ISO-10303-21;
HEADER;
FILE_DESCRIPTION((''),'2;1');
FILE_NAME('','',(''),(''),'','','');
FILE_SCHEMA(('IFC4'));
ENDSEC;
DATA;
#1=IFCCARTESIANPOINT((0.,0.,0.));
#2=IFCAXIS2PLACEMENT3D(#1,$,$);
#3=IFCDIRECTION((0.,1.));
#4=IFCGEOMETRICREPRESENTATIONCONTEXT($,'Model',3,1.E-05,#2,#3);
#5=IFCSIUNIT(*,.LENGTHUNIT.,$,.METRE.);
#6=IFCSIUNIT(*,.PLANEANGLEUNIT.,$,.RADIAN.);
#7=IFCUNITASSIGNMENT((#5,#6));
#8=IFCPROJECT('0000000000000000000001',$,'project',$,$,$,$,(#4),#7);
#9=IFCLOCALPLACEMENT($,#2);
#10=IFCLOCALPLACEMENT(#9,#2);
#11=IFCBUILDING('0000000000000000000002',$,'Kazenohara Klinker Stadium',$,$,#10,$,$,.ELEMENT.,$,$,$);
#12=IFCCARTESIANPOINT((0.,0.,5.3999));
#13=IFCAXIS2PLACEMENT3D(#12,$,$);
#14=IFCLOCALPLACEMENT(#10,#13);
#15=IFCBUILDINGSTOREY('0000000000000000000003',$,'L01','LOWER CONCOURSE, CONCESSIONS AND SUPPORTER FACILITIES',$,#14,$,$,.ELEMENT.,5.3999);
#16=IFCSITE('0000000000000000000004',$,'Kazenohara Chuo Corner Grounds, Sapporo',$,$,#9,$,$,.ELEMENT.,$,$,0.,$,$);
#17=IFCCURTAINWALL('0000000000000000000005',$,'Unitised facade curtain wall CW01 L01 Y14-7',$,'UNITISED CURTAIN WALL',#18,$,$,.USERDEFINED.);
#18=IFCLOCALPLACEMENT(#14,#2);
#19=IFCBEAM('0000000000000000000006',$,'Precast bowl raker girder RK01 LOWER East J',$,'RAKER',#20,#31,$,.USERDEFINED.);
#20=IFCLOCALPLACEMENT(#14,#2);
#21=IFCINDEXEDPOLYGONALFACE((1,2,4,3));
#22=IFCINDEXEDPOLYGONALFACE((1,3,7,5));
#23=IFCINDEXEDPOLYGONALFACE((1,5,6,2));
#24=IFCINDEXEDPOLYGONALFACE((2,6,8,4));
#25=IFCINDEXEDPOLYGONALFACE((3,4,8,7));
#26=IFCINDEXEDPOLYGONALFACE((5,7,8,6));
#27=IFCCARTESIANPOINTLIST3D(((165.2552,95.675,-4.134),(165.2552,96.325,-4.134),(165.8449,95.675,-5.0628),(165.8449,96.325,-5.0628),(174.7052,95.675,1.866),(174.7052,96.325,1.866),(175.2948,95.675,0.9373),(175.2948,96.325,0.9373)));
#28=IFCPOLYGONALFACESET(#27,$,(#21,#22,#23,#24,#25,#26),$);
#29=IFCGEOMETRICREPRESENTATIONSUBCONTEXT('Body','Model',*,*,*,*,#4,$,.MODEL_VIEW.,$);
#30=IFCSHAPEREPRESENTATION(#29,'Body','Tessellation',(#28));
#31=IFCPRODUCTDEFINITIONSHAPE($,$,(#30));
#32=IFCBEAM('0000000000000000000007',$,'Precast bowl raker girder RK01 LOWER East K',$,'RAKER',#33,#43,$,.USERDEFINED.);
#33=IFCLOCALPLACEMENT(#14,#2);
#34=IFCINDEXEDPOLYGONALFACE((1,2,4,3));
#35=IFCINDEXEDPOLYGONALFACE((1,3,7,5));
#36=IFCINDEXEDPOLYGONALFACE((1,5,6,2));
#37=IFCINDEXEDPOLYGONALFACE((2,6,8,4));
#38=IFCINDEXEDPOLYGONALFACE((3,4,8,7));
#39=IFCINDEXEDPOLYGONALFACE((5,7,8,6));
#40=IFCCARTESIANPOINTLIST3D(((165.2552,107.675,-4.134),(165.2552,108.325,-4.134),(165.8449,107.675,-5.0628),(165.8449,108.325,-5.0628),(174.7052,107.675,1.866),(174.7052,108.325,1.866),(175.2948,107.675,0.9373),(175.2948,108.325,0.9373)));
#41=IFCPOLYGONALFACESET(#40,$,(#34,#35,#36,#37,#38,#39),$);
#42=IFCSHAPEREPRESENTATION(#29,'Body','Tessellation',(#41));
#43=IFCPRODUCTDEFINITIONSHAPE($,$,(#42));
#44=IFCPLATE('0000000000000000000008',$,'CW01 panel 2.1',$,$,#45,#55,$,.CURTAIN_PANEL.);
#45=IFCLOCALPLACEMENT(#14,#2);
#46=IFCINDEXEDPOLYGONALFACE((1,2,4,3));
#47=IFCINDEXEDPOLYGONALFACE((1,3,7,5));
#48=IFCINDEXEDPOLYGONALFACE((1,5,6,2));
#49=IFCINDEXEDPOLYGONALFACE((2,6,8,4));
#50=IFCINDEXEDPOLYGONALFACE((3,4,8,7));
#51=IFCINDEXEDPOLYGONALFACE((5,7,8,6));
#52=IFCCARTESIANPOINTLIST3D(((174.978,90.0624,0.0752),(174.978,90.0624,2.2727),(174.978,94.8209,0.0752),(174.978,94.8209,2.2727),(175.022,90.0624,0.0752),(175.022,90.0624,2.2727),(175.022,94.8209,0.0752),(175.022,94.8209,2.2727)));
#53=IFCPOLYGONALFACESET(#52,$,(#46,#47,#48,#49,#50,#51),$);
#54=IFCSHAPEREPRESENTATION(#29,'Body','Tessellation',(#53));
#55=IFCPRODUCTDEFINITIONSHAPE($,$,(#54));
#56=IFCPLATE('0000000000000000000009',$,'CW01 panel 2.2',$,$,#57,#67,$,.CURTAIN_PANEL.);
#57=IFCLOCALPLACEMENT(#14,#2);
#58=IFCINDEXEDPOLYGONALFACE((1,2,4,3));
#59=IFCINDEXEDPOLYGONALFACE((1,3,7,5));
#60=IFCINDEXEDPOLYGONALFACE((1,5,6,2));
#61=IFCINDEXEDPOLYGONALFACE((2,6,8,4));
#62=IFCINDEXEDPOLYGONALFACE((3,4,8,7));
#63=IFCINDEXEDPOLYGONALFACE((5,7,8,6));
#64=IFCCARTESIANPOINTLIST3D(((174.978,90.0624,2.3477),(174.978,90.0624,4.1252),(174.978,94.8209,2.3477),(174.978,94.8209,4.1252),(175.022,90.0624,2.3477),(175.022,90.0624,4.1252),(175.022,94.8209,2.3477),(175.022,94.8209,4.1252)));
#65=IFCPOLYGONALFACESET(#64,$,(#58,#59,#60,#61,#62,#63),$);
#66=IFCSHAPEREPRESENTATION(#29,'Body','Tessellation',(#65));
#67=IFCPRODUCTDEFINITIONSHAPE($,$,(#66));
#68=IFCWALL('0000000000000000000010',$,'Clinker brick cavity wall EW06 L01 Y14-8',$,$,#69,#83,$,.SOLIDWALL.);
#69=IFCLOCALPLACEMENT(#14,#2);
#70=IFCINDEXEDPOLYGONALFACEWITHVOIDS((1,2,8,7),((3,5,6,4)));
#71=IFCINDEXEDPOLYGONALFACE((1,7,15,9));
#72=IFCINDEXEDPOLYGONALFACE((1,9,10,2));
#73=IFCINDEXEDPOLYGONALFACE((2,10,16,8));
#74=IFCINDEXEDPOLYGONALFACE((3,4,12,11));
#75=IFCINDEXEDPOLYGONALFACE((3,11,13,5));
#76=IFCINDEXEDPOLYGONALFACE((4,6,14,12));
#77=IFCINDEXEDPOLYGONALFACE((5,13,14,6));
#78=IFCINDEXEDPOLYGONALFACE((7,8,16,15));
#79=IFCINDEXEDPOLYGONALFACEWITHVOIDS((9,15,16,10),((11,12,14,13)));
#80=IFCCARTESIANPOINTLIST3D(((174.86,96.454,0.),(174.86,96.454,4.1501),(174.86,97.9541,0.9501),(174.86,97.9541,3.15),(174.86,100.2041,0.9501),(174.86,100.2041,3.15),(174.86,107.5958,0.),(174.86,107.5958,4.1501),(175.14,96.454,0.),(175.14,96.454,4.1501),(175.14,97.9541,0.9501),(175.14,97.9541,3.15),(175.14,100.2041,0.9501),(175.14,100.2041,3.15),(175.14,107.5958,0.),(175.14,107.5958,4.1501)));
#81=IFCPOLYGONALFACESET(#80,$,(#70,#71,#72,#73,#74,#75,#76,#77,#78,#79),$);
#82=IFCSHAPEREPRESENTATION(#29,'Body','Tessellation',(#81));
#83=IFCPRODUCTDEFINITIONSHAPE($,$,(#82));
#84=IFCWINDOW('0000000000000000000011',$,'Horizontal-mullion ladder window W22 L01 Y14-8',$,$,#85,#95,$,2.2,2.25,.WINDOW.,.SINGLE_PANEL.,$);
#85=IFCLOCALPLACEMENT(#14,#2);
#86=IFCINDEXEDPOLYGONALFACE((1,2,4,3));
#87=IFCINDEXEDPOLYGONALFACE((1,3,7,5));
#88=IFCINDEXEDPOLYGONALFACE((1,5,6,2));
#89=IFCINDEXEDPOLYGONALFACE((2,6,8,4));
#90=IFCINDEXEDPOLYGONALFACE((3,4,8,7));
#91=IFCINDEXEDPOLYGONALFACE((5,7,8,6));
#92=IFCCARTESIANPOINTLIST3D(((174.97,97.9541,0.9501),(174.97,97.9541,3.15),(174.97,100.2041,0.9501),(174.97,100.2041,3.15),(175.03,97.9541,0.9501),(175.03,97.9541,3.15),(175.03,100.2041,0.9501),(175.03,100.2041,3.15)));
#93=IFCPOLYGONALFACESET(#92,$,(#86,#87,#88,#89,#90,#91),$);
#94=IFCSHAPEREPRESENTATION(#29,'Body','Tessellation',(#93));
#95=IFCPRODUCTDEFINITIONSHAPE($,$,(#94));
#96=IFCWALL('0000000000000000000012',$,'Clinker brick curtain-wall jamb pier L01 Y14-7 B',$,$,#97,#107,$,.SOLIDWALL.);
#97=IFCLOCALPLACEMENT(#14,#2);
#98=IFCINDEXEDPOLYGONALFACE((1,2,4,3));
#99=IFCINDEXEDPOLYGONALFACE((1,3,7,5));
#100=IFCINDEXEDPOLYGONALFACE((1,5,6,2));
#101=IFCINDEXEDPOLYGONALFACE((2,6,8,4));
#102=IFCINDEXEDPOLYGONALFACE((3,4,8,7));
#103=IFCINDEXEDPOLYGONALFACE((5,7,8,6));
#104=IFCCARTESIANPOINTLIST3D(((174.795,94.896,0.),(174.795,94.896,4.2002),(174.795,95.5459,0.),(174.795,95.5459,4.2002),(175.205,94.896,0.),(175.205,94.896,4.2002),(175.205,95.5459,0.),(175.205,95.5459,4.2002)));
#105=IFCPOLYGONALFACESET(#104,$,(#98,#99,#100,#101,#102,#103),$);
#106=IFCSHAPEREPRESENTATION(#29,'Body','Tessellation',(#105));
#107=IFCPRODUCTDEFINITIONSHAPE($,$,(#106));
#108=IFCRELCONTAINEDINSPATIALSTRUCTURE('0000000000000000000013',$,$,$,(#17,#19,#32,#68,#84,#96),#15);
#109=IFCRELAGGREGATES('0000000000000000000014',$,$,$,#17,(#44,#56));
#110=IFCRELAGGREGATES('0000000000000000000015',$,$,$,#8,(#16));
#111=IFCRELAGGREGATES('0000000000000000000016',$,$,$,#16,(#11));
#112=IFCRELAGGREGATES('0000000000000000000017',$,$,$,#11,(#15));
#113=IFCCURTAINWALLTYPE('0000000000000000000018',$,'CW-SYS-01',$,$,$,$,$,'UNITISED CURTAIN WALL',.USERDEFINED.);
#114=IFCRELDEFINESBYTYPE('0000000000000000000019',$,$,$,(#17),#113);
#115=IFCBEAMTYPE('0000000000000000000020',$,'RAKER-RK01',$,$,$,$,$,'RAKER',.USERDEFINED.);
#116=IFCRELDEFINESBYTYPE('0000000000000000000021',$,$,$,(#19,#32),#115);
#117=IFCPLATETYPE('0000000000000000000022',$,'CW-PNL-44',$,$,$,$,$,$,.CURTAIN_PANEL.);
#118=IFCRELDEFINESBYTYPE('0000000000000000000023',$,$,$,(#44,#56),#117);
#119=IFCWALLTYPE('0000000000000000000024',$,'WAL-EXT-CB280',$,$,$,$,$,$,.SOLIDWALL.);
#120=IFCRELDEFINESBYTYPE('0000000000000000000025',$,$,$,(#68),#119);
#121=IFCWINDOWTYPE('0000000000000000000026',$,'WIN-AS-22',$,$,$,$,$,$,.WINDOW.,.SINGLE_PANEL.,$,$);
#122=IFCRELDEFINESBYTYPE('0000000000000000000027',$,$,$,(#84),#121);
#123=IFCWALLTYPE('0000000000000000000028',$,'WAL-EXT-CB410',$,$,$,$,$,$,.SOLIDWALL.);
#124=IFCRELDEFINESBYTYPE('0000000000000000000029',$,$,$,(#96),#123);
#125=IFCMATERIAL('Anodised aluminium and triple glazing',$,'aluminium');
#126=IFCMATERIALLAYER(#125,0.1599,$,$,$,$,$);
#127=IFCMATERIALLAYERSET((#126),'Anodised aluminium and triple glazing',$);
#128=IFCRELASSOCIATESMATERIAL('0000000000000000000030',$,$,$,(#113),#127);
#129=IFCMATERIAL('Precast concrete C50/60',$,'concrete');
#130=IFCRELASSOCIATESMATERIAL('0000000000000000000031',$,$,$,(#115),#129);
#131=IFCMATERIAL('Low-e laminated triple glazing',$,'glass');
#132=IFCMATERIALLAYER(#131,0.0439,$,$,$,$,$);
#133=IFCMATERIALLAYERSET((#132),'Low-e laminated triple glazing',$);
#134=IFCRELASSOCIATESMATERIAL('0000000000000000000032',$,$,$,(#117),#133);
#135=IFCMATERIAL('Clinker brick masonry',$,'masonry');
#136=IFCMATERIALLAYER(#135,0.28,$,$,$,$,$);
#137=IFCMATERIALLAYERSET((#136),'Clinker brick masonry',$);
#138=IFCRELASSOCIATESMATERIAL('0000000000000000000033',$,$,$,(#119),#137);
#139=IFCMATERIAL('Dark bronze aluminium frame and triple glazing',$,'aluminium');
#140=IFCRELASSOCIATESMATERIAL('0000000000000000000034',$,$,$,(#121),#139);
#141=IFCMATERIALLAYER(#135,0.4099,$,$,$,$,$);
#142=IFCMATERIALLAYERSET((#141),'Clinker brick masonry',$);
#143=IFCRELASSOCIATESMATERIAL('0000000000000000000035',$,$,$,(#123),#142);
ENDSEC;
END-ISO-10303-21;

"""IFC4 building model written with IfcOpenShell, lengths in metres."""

from ifc_helpers import new_model, si_unit, direction, frame, frame_2d, origin, origin_2d, place, context, subcontext, project, spatial, rectangle, extrude, material, layer, layer_set, material_profile, profile_set, type_object, element, fill, aggregate, save


model = new_model("IFC4")

# Units and contexts
model_context = context("Model", 3, precision=1e-05, world=origin(), true_north=direction((0.0, 1.0)))
body_context = subcontext(model_context, "Body", "Model", "MODEL_VIEW")
ifc_project = project(units=[si_unit("LENGTHUNIT", "METRE"), si_unit("PLANEANGLEUNIT", "RADIAN")], contexts=[model_context])

# Site, building, storey
site_placement = place(None, origin())
site = spatial("IfcSite", under=ifc_project, at=site_placement, Name="Kazenohara Chuo Corner Grounds, Sapporo", CompositionType="ELEMENT", RefElevation=0.0)
building_placement = place(site_placement, origin())
building = spatial("IfcBuilding", under=site, at=building_placement, Name="Kazenohara Klinker Stadium", CompositionType="ELEMENT")
storey_placement = place(building_placement, frame((0.0, 0.0, 5.3999)))
storey = spatial("IfcBuildingStorey", under=building, at=storey_placement, Name="L01", Description="LOWER CONCOURSE, CONCESSIONS AND SUPPORTER FACILITIES", CompositionType="ELEMENT", Elevation=5.3999)

# Curtain wall
ifc_material_1 = material(Name="Anodised aluminium and triple glazing", Category="aluminium")
ifc_layer_1 = layer(ifc_material_1, 0.1599)
ifc_layer_set_1 = layer_set([ifc_layer_1], Name="Anodised aluminium and triple glazing")
curtain_wall_type = type_object("IfcCurtainWallType", Name="CW-SYS-01", ElementType="UNITISED CURTAIN WALL", PredefinedType="USERDEFINED", material=ifc_layer_set_1)
curtain_wall_placement = place(storey_placement, origin())
curtain_wall = element("IfcCurtainWall", 1, at=curtain_wall_placement, inside=storey, type_object=curtain_wall_type, Name="Unitised facade curtain wall CW01 L01 Y14-7", ObjectType="UNITISED CURTAIN WALL", PredefinedType="USERDEFINED")

# Beams
ifc_material_2 = material(Name="Precast concrete C50/60", Category="concrete")
ifc_material_profile_1 = material_profile(ifc_material_2, rectangle(XDim=0.6499, YDim=1.1001, at=origin_2d()), Name="PC-RAKER-650x1100")
ifc_profile_set_1 = profile_set([ifc_material_profile_1], Name="Precast concrete C50/60")
beam_type_1 = type_object("IfcBeamType", Name="RAKER-RK01", ElementType="RAKER", PredefinedType="USERDEFINED", material=ifc_profile_set_1)
for number, where, z_axis, x_axis, name in (
    (2, (175.0, 96.0, 1.4016), (-0.844212, 0.0, -0.53601), (0.0, -1.0, 0.0), "Precast bowl raker girder RK01 LOWER East J"),
    (3, (175.0, 108.0, 1.4016), (-0.844212, 0.0, -0.53601), (0.0, -1.0, 0.0), "Precast bowl raker girder RK01 LOWER East K"),
):
    element("IfcBeam", number, at=place(storey_placement, frame(where, z_axis=z_axis, x_axis=x_axis)), inside=storey, type_object=beam_type_1, Name=name, ObjectType="RAKER", PredefinedType="USERDEFINED", context=body_context, shape_type="SweptSolid", body=[
        extrude(rectangle(XDim=0.6499, YDim=1.1001, at=origin_2d()), origin(), (0.0, 0.0, 1.0), 11.1938),
    ])

# Plates
ifc_material_3 = material(Name="Low-e laminated triple glazing", Category="glass")
ifc_layer_2 = layer(ifc_material_3, 0.0439)
ifc_layer_set_2 = layer_set([ifc_layer_2], Name="Low-e laminated triple glazing")
plate_type = type_object("IfcPlateType", Name="CW-PNL-44", PredefinedType="CURTAIN_PANEL", material=ifc_layer_set_2)
plate_1_placement = place(storey_placement, frame((175.0, 92.4417, 0.0752), z_axis=(0.0, 0.0, 1.0), x_axis=(0.0, 1.0, 0.0)))
plate_1 = element("IfcPlate", 4, at=plate_1_placement, type_object=plate_type, Name="CW01 panel 2.1", PredefinedType="CURTAIN_PANEL", context=body_context, shape_type="SweptSolid", body=[
    extrude(rectangle(XDim=4.7585, YDim=0.0439, at=origin_2d()), origin(), (0.0, 0.0, 1.0), 2.1975),
])
plate_2_placement = place(storey_placement, frame((175.0, 92.4417, 2.3477), z_axis=(0.0, 0.0, 1.0), x_axis=(0.0, 1.0, 0.0)))
plate_2 = element("IfcPlate", 5, at=plate_2_placement, type_object=plate_type, Name="CW01 panel 2.2", PredefinedType="CURTAIN_PANEL", context=body_context, shape_type="SweptSolid", body=[
    extrude(rectangle(XDim=4.7585, YDim=0.0439, at=origin_2d()), origin(), (0.0, 0.0, 1.0), 1.7776),
])
aggregate(curtain_wall, [plate_1, plate_2])

# Wall, opening, window
ifc_material_4 = material(Name="Clinker brick masonry", Category="masonry")
ifc_layer_3 = layer(ifc_material_4, 0.28)
ifc_layer_set_3 = layer_set([ifc_layer_3], Name="Clinker brick masonry")
wall_type_1 = type_object("IfcWallType", Name="WAL-EXT-CB280", PredefinedType="SOLIDWALL", material=ifc_layer_set_3)
wall_1_placement = place(storey_placement, frame((175.0, 96.4541, 0.0), z_axis=(0.0, 0.0, 1.0), x_axis=(0.0, 1.0, 0.0)))
wall_1 = element("IfcWall", 6, at=wall_1_placement, inside=storey, type_object=wall_type_1, Name="Clinker brick cavity wall EW06 L01 Y14-8", PredefinedType="SOLIDWALL", context=body_context, shape_type="SweptSolid", body=[
    extrude(rectangle(XDim=11.1418, YDim=0.28, at=frame_2d((5.5708, 0.0))), origin(), (0.0, 0.0, 1.0), 4.1501),
])
opening_placement = place(wall_1_placement, frame((1.5, 0.0, 0.95)))
opening = element("IfcOpeningElement", 7, at=opening_placement, cuts=wall_1, PredefinedType="OPENING", context=body_context, shape_type="SweptSolid", body=[
    extrude(rectangle(XDim=2.25, YDim=2.2, at=frame_2d((1.125, 1.1001))), frame((0.0, 0.1499, 0.0), z_axis=(0.0, -1.0, 0.0), x_axis=(1.0, 0.0, 0.0)), (0.0, 0.0, 1.0), 0.3),
])
ifc_material_5 = material(Name="Dark bronze aluminium frame and triple glazing", Category="aluminium")
window_type = type_object("IfcWindowType", Name="WIN-AS-22", PartitioningType="SINGLE_PANEL", PredefinedType="WINDOW", material=ifc_material_5)
window_placement = place(opening_placement, origin())
window = element("IfcWindow", 8, at=window_placement, inside=storey, type_object=window_type, Name="Horizontal-mullion ladder window W22 L01 Y14-8", OverallHeight=2.2, OverallWidth=2.25, PartitioningType="SINGLE_PANEL", PredefinedType="WINDOW", context=body_context, shape_type="SweptSolid", body=[
    extrude(rectangle(XDim=2.25, YDim=2.2, at=frame_2d((1.125, 1.1001))), frame((0.0, 0.03, 0.0), z_axis=(0.0, -1.0, 0.0), x_axis=(1.0, 0.0, 0.0)), (0.0, 0.0, 1.0), 0.0601),
])
fill(opening, window)

# Wall
ifc_layer_4 = layer(ifc_material_4, 0.4099)
ifc_layer_set_4 = layer_set([ifc_layer_4], Name="Clinker brick masonry")
wall_type_2 = type_object("IfcWallType", Name="WAL-EXT-CB410", PredefinedType="SOLIDWALL", material=ifc_layer_set_4)
wall_2_placement = place(storey_placement, frame((175.0, 94.896, 0.0), z_axis=(0.0, 0.0, 1.0), x_axis=(0.0, 1.0, 0.0)))
element("IfcWall", 9, at=wall_2_placement, inside=storey, type_object=wall_type_2, Name="Clinker brick curtain-wall jamb pier L01 Y14-7 B", PredefinedType="SOLIDWALL", context=body_context, shape_type="SweptSolid", body=[
    extrude(rectangle(XDim=0.6499, YDim=0.4099, at=frame_2d((0.325, 0.0))), origin(), (0.0, 0.0, 1.0), 4.2002),
])

save(model, "model.ifc")
